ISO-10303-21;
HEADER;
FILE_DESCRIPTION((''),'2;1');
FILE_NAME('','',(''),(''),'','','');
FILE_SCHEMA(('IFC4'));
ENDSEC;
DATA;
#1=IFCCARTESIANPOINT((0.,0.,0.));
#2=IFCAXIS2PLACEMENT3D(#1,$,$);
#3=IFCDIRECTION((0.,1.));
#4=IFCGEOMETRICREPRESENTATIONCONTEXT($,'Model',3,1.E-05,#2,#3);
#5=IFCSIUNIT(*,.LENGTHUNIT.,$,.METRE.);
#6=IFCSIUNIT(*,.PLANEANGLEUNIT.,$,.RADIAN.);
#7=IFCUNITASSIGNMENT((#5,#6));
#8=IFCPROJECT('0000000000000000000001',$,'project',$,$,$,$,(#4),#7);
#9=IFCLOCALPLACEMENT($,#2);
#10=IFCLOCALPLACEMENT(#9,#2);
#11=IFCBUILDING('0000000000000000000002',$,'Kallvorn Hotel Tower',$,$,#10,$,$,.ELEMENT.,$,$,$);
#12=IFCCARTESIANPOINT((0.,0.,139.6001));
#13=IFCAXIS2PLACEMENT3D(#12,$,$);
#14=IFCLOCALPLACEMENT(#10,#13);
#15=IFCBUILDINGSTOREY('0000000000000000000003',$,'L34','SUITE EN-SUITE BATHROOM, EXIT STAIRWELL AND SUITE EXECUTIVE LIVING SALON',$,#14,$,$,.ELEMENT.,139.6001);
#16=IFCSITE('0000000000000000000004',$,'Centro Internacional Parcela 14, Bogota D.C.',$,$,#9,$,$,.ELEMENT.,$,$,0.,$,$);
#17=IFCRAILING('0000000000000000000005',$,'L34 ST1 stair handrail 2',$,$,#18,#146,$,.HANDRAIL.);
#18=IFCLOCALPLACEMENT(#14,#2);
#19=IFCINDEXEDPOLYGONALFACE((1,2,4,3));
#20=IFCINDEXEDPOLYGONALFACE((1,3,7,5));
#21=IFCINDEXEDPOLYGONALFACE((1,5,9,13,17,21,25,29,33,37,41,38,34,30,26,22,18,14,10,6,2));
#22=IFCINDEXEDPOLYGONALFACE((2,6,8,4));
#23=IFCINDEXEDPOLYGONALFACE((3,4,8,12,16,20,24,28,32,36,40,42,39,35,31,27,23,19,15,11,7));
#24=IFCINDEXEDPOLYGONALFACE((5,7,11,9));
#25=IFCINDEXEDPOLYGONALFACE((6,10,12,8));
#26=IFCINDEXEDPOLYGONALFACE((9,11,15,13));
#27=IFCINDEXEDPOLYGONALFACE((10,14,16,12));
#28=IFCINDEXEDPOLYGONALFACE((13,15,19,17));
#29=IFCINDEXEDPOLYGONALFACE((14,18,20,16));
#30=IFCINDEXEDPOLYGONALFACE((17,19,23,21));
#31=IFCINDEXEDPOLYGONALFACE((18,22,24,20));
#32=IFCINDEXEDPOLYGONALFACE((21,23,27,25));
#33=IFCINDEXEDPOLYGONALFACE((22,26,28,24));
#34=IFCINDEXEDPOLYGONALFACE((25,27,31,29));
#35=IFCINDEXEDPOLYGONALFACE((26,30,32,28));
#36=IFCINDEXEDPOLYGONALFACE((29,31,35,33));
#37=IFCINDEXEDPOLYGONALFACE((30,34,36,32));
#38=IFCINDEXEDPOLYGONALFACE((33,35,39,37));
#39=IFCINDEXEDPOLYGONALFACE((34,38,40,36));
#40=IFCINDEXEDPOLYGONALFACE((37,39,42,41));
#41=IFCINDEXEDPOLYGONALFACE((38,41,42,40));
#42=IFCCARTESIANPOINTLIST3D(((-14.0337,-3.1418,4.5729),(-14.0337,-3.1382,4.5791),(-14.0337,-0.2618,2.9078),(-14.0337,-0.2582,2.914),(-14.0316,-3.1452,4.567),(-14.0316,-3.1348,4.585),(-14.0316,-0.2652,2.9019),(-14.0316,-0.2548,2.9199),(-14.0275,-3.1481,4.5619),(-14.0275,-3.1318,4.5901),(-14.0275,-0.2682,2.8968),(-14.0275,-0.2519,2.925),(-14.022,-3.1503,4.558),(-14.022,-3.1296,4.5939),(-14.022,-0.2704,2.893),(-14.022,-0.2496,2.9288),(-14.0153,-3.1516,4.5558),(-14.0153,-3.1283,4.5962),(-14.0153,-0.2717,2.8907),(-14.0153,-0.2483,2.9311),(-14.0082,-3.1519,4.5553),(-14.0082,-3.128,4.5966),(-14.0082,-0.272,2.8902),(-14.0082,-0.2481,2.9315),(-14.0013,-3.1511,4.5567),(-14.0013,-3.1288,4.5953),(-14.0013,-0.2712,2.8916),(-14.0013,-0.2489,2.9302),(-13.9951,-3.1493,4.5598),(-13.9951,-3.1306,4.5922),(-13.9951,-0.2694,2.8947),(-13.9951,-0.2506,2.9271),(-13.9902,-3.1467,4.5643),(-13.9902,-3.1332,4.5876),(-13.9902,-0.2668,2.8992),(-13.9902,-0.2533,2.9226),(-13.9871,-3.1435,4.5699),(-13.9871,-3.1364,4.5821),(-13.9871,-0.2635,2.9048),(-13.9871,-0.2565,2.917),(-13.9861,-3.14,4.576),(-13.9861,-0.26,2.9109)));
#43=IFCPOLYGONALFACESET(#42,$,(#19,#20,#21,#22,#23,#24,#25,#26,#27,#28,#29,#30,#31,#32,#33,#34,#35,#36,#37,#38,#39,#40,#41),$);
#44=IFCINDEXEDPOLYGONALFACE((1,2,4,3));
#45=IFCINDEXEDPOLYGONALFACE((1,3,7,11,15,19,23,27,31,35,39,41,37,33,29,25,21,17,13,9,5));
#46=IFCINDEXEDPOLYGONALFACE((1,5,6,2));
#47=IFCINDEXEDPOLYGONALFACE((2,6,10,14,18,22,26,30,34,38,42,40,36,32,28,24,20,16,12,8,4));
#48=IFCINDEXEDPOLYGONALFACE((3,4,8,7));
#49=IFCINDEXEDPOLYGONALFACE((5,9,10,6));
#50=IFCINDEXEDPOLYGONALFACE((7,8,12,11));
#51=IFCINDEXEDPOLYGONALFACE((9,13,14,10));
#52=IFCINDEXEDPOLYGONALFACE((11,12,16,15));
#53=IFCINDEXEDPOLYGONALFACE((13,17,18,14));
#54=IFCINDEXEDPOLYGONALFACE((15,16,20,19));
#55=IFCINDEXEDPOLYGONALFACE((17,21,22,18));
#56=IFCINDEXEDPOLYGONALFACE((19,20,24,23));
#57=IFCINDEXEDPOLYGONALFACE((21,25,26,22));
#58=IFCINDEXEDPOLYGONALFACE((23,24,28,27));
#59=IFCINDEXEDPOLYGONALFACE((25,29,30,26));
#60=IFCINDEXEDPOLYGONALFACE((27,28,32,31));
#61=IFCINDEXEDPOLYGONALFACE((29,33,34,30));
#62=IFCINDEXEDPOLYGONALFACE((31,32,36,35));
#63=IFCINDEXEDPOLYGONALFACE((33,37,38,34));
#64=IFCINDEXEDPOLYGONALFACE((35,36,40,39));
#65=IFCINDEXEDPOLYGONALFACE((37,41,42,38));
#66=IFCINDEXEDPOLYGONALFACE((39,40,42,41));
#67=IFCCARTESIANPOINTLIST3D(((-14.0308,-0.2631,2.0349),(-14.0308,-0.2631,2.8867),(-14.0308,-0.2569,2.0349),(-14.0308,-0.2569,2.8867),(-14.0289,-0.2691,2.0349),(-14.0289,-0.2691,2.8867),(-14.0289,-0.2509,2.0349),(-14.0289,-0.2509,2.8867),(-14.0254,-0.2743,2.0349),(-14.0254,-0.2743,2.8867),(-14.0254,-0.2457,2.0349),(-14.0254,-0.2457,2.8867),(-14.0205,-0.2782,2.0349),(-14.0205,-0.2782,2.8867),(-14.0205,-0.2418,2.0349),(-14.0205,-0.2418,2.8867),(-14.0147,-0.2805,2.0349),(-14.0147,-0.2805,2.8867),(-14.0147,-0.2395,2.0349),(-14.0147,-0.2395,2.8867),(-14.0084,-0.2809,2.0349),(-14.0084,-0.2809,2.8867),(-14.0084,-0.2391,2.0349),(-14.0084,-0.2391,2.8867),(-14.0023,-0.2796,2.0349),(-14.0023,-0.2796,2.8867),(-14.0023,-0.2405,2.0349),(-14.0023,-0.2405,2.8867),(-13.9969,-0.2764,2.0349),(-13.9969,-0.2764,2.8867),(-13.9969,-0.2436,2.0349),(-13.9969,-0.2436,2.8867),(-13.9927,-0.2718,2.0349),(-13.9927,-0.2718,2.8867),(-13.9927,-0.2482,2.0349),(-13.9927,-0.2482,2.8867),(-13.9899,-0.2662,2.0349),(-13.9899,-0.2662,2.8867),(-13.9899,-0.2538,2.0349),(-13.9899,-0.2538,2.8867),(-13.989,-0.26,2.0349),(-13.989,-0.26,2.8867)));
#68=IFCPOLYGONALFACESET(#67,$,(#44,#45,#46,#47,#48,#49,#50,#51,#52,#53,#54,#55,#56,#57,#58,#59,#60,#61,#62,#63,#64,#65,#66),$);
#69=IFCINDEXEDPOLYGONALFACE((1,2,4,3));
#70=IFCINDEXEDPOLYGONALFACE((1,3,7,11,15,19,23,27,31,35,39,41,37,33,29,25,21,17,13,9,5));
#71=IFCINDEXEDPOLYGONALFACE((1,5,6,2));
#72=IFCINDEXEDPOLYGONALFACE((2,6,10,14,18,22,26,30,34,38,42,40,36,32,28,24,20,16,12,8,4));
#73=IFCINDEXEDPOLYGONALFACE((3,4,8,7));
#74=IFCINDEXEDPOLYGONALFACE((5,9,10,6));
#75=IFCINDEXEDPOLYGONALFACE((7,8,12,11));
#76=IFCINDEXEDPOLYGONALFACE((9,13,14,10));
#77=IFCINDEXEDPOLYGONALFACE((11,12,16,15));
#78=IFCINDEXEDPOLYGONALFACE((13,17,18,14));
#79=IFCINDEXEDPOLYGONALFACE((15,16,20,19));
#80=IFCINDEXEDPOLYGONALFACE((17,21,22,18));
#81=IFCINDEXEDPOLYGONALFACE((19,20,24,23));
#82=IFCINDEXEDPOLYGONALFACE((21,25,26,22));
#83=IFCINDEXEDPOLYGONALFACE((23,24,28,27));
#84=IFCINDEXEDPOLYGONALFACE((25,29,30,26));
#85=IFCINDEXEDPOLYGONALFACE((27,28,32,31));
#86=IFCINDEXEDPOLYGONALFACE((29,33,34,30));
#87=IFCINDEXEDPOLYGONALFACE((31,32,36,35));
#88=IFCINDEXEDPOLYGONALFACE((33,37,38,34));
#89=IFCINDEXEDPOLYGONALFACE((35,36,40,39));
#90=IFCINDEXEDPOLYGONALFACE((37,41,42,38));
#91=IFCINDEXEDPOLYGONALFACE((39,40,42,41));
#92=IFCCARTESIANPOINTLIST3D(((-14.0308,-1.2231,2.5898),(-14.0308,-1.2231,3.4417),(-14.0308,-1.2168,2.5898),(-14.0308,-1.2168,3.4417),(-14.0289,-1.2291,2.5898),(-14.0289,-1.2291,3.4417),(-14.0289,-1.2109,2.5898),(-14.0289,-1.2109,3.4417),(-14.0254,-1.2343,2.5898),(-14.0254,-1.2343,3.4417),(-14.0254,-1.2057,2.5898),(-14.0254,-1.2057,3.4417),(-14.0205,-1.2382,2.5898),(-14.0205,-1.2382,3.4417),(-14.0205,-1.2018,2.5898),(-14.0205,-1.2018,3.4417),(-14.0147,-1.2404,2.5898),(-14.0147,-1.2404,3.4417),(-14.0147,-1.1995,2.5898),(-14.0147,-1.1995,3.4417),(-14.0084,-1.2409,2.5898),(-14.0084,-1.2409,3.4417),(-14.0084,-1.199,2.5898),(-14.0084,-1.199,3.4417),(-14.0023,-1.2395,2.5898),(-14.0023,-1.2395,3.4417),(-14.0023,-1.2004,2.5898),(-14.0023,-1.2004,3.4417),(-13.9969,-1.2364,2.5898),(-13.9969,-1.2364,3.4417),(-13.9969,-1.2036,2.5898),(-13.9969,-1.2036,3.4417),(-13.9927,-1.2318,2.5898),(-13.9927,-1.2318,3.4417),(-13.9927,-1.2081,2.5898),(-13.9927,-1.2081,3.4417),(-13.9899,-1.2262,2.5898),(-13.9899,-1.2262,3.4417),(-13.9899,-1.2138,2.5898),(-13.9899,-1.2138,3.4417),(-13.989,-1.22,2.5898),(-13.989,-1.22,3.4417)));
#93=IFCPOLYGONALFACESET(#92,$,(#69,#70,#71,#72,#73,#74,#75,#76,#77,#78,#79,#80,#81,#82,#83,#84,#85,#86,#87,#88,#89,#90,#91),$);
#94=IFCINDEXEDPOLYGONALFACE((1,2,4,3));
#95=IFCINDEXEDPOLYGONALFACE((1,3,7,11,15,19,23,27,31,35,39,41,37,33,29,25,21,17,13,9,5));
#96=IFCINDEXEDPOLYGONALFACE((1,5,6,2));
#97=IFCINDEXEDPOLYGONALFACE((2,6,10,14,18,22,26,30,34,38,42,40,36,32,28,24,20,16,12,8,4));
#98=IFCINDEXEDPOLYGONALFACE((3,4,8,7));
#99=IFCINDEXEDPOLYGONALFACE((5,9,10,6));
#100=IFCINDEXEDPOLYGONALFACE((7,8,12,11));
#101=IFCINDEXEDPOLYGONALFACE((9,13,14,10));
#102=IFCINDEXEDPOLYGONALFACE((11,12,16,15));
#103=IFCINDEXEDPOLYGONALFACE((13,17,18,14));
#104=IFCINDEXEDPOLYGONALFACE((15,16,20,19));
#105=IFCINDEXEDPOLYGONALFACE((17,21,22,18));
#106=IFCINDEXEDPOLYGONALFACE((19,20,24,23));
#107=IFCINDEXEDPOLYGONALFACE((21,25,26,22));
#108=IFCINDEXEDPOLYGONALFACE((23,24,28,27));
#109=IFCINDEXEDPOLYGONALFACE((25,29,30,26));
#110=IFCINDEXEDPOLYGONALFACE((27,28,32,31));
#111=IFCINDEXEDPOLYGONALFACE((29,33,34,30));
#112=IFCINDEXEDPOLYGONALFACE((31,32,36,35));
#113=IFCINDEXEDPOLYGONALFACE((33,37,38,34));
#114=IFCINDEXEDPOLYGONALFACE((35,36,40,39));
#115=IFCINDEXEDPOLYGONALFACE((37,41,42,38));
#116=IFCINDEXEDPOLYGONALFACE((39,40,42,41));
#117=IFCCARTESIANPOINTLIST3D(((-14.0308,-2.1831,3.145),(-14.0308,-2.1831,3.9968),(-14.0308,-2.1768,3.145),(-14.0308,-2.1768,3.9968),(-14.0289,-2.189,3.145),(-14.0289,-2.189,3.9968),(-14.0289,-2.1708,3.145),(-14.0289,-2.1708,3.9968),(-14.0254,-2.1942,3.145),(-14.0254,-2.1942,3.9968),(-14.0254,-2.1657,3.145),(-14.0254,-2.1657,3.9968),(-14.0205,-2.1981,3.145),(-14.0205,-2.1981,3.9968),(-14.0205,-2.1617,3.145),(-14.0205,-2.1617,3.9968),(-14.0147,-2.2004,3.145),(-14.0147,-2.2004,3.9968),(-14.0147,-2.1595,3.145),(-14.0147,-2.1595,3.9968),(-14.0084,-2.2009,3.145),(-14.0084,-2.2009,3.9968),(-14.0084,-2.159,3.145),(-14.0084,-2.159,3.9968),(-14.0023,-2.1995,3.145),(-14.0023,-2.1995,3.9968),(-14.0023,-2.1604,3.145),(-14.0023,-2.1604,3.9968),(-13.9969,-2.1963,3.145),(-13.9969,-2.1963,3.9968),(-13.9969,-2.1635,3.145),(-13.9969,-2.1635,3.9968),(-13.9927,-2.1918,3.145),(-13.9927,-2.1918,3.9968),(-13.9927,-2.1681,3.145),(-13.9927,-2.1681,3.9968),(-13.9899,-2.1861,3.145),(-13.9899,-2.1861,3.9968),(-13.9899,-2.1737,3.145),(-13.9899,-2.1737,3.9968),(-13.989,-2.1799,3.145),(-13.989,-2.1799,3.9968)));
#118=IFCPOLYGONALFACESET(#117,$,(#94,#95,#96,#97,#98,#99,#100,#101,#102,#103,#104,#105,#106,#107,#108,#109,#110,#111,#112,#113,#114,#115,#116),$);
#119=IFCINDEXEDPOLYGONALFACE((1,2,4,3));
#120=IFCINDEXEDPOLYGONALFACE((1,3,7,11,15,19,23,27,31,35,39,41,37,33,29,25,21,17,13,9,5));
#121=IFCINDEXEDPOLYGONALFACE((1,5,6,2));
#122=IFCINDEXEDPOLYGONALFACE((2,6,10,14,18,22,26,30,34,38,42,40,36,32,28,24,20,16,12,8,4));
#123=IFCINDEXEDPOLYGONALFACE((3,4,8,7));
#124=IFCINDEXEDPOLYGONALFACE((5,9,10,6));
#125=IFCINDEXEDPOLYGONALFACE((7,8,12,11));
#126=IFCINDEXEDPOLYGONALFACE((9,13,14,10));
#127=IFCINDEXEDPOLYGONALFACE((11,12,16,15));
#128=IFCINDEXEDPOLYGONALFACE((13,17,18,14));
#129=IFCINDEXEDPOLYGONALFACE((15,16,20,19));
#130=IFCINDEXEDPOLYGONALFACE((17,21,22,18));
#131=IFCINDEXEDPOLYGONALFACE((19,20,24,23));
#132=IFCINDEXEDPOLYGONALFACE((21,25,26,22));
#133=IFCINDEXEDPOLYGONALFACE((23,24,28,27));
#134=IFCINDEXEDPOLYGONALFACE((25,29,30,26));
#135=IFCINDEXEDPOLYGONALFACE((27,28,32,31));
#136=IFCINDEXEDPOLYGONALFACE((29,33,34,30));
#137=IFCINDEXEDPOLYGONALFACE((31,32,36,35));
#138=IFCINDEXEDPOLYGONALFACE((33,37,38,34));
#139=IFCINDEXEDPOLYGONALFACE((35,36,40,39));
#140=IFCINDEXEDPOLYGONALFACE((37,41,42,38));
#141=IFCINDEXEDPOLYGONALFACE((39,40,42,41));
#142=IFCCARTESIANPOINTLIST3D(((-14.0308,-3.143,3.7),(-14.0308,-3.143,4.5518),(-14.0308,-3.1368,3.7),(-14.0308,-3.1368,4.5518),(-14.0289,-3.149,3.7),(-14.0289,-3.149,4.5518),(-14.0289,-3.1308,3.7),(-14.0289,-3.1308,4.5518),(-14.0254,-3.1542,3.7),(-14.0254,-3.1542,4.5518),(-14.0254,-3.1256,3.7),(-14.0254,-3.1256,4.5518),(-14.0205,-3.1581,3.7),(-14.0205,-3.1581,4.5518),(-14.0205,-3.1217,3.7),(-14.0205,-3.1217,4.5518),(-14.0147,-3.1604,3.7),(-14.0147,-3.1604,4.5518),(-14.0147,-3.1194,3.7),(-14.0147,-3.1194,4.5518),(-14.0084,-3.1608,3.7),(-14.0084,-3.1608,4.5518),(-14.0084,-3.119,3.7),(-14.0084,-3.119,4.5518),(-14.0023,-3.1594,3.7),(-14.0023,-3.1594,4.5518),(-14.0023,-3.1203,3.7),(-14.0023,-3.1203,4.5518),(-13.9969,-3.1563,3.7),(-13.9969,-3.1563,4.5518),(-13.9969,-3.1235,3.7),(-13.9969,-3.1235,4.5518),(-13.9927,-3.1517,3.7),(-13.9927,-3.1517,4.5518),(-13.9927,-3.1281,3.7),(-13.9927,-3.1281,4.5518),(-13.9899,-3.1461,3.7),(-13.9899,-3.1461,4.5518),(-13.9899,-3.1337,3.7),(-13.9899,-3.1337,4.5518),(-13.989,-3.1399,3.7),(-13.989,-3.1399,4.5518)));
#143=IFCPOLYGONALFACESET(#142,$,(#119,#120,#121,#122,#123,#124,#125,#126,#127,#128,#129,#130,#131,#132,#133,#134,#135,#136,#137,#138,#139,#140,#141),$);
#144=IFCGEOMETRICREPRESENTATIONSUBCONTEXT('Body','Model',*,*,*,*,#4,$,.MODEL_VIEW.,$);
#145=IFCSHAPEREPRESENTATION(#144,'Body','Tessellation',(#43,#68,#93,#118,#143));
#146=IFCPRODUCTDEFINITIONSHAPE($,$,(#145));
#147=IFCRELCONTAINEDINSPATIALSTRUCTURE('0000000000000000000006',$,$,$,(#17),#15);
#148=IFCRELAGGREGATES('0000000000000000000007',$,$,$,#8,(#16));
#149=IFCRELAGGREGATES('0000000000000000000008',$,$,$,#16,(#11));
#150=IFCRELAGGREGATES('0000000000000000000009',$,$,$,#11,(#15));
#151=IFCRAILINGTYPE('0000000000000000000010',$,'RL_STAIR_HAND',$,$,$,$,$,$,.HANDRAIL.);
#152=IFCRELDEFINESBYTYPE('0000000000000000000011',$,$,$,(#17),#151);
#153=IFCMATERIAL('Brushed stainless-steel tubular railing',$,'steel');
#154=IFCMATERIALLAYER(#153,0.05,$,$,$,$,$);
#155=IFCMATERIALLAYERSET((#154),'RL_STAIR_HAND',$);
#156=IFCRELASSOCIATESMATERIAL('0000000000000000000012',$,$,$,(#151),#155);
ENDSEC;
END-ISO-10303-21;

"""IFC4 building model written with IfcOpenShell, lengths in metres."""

from ifc_helpers import new_model, si_unit, direction, frame, origin, origin_2d, place, context, subcontext, project, spatial, circle, extrude, material, layer, layer_set, type_object, element, save


model = new_model("IFC4")

# Units and contexts
model_context = context("Model", 3, precision=1e-05, world=origin(), true_north=direction((0.0, 1.0)))
body_context = subcontext(model_context, "Body", "Model", "MODEL_VIEW")
ifc_project = project(units=[si_unit("LENGTHUNIT", "METRE"), si_unit("PLANEANGLEUNIT", "RADIAN")], contexts=[model_context])

# Site, building, storey
site_placement = place(None, origin())
site = spatial("IfcSite", under=ifc_project, at=site_placement, Name="Centro Internacional Parcela 14, Bogota D.C.", CompositionType="ELEMENT", RefElevation=0.0)
building_placement = place(site_placement, origin())
building = spatial("IfcBuilding", under=site, at=building_placement, Name="Kallvorn Hotel Tower", CompositionType="ELEMENT")
storey_placement = place(building_placement, frame((0.0, 0.0, 139.6001)))
storey = spatial("IfcBuildingStorey", under=building, at=storey_placement, Name="L34", Description="SUITE EN-SUITE BATHROOM, EXIT STAIRWELL AND SUITE EXECUTIVE LIVING SALON", CompositionType="ELEMENT", Elevation=139.6001)

# Railing
ifc_material_1 = material(Name="Brushed stainless-steel tubular railing", Category="steel")
ifc_layer_1 = layer(ifc_material_1, 0.05)
ifc_layer_set_1 = layer_set([ifc_layer_1], Name="RL_STAIR_HAND")
railing_type_1 = type_object("IfcRailingType", Name="RL_STAIR_HAND", PredefinedType="HANDRAIL", material=ifc_layer_set_1)
railing_1_placement = place(storey_placement, frame((-14.01, -0.26, 2.0349)))
element("IfcRailing", 1, at=railing_1_placement, inside=storey, type_object=railing_type_1, Name="L34 ST1 stair handrail 2", PredefinedType="HANDRAIL", context=body_context, shape_type="SweptSolid", body=[
    extrude(circle(Radius=0.0239, at=origin_2d()), frame((0.0, 0.0, 0.876), z_axis=(0.0, -0.865721, 0.500527), x_axis=(1.0, 0.0, 0.0)), (0.0, 0.0, 1.0), 3.3267),
    extrude(circle(Radius=0.021, at=origin_2d()), origin(), (0.0, 0.0, 1.0), 0.8518),
    extrude(circle(Radius=0.021, at=origin_2d()), frame((0.0, -0.96, 0.5549)), (0.0, 0.0, 1.0), 0.8518),
    extrude(circle(Radius=0.021, at=origin_2d()), frame((0.0, -1.9199, 1.1101)), (0.0, 0.0, 1.0), 0.8518),
    extrude(circle(Radius=0.021, at=origin_2d()), frame((0.0, -2.8799, 1.665)), (0.0, 0.0, 1.0), 0.8518),
])

save(model, "model.ifc")
